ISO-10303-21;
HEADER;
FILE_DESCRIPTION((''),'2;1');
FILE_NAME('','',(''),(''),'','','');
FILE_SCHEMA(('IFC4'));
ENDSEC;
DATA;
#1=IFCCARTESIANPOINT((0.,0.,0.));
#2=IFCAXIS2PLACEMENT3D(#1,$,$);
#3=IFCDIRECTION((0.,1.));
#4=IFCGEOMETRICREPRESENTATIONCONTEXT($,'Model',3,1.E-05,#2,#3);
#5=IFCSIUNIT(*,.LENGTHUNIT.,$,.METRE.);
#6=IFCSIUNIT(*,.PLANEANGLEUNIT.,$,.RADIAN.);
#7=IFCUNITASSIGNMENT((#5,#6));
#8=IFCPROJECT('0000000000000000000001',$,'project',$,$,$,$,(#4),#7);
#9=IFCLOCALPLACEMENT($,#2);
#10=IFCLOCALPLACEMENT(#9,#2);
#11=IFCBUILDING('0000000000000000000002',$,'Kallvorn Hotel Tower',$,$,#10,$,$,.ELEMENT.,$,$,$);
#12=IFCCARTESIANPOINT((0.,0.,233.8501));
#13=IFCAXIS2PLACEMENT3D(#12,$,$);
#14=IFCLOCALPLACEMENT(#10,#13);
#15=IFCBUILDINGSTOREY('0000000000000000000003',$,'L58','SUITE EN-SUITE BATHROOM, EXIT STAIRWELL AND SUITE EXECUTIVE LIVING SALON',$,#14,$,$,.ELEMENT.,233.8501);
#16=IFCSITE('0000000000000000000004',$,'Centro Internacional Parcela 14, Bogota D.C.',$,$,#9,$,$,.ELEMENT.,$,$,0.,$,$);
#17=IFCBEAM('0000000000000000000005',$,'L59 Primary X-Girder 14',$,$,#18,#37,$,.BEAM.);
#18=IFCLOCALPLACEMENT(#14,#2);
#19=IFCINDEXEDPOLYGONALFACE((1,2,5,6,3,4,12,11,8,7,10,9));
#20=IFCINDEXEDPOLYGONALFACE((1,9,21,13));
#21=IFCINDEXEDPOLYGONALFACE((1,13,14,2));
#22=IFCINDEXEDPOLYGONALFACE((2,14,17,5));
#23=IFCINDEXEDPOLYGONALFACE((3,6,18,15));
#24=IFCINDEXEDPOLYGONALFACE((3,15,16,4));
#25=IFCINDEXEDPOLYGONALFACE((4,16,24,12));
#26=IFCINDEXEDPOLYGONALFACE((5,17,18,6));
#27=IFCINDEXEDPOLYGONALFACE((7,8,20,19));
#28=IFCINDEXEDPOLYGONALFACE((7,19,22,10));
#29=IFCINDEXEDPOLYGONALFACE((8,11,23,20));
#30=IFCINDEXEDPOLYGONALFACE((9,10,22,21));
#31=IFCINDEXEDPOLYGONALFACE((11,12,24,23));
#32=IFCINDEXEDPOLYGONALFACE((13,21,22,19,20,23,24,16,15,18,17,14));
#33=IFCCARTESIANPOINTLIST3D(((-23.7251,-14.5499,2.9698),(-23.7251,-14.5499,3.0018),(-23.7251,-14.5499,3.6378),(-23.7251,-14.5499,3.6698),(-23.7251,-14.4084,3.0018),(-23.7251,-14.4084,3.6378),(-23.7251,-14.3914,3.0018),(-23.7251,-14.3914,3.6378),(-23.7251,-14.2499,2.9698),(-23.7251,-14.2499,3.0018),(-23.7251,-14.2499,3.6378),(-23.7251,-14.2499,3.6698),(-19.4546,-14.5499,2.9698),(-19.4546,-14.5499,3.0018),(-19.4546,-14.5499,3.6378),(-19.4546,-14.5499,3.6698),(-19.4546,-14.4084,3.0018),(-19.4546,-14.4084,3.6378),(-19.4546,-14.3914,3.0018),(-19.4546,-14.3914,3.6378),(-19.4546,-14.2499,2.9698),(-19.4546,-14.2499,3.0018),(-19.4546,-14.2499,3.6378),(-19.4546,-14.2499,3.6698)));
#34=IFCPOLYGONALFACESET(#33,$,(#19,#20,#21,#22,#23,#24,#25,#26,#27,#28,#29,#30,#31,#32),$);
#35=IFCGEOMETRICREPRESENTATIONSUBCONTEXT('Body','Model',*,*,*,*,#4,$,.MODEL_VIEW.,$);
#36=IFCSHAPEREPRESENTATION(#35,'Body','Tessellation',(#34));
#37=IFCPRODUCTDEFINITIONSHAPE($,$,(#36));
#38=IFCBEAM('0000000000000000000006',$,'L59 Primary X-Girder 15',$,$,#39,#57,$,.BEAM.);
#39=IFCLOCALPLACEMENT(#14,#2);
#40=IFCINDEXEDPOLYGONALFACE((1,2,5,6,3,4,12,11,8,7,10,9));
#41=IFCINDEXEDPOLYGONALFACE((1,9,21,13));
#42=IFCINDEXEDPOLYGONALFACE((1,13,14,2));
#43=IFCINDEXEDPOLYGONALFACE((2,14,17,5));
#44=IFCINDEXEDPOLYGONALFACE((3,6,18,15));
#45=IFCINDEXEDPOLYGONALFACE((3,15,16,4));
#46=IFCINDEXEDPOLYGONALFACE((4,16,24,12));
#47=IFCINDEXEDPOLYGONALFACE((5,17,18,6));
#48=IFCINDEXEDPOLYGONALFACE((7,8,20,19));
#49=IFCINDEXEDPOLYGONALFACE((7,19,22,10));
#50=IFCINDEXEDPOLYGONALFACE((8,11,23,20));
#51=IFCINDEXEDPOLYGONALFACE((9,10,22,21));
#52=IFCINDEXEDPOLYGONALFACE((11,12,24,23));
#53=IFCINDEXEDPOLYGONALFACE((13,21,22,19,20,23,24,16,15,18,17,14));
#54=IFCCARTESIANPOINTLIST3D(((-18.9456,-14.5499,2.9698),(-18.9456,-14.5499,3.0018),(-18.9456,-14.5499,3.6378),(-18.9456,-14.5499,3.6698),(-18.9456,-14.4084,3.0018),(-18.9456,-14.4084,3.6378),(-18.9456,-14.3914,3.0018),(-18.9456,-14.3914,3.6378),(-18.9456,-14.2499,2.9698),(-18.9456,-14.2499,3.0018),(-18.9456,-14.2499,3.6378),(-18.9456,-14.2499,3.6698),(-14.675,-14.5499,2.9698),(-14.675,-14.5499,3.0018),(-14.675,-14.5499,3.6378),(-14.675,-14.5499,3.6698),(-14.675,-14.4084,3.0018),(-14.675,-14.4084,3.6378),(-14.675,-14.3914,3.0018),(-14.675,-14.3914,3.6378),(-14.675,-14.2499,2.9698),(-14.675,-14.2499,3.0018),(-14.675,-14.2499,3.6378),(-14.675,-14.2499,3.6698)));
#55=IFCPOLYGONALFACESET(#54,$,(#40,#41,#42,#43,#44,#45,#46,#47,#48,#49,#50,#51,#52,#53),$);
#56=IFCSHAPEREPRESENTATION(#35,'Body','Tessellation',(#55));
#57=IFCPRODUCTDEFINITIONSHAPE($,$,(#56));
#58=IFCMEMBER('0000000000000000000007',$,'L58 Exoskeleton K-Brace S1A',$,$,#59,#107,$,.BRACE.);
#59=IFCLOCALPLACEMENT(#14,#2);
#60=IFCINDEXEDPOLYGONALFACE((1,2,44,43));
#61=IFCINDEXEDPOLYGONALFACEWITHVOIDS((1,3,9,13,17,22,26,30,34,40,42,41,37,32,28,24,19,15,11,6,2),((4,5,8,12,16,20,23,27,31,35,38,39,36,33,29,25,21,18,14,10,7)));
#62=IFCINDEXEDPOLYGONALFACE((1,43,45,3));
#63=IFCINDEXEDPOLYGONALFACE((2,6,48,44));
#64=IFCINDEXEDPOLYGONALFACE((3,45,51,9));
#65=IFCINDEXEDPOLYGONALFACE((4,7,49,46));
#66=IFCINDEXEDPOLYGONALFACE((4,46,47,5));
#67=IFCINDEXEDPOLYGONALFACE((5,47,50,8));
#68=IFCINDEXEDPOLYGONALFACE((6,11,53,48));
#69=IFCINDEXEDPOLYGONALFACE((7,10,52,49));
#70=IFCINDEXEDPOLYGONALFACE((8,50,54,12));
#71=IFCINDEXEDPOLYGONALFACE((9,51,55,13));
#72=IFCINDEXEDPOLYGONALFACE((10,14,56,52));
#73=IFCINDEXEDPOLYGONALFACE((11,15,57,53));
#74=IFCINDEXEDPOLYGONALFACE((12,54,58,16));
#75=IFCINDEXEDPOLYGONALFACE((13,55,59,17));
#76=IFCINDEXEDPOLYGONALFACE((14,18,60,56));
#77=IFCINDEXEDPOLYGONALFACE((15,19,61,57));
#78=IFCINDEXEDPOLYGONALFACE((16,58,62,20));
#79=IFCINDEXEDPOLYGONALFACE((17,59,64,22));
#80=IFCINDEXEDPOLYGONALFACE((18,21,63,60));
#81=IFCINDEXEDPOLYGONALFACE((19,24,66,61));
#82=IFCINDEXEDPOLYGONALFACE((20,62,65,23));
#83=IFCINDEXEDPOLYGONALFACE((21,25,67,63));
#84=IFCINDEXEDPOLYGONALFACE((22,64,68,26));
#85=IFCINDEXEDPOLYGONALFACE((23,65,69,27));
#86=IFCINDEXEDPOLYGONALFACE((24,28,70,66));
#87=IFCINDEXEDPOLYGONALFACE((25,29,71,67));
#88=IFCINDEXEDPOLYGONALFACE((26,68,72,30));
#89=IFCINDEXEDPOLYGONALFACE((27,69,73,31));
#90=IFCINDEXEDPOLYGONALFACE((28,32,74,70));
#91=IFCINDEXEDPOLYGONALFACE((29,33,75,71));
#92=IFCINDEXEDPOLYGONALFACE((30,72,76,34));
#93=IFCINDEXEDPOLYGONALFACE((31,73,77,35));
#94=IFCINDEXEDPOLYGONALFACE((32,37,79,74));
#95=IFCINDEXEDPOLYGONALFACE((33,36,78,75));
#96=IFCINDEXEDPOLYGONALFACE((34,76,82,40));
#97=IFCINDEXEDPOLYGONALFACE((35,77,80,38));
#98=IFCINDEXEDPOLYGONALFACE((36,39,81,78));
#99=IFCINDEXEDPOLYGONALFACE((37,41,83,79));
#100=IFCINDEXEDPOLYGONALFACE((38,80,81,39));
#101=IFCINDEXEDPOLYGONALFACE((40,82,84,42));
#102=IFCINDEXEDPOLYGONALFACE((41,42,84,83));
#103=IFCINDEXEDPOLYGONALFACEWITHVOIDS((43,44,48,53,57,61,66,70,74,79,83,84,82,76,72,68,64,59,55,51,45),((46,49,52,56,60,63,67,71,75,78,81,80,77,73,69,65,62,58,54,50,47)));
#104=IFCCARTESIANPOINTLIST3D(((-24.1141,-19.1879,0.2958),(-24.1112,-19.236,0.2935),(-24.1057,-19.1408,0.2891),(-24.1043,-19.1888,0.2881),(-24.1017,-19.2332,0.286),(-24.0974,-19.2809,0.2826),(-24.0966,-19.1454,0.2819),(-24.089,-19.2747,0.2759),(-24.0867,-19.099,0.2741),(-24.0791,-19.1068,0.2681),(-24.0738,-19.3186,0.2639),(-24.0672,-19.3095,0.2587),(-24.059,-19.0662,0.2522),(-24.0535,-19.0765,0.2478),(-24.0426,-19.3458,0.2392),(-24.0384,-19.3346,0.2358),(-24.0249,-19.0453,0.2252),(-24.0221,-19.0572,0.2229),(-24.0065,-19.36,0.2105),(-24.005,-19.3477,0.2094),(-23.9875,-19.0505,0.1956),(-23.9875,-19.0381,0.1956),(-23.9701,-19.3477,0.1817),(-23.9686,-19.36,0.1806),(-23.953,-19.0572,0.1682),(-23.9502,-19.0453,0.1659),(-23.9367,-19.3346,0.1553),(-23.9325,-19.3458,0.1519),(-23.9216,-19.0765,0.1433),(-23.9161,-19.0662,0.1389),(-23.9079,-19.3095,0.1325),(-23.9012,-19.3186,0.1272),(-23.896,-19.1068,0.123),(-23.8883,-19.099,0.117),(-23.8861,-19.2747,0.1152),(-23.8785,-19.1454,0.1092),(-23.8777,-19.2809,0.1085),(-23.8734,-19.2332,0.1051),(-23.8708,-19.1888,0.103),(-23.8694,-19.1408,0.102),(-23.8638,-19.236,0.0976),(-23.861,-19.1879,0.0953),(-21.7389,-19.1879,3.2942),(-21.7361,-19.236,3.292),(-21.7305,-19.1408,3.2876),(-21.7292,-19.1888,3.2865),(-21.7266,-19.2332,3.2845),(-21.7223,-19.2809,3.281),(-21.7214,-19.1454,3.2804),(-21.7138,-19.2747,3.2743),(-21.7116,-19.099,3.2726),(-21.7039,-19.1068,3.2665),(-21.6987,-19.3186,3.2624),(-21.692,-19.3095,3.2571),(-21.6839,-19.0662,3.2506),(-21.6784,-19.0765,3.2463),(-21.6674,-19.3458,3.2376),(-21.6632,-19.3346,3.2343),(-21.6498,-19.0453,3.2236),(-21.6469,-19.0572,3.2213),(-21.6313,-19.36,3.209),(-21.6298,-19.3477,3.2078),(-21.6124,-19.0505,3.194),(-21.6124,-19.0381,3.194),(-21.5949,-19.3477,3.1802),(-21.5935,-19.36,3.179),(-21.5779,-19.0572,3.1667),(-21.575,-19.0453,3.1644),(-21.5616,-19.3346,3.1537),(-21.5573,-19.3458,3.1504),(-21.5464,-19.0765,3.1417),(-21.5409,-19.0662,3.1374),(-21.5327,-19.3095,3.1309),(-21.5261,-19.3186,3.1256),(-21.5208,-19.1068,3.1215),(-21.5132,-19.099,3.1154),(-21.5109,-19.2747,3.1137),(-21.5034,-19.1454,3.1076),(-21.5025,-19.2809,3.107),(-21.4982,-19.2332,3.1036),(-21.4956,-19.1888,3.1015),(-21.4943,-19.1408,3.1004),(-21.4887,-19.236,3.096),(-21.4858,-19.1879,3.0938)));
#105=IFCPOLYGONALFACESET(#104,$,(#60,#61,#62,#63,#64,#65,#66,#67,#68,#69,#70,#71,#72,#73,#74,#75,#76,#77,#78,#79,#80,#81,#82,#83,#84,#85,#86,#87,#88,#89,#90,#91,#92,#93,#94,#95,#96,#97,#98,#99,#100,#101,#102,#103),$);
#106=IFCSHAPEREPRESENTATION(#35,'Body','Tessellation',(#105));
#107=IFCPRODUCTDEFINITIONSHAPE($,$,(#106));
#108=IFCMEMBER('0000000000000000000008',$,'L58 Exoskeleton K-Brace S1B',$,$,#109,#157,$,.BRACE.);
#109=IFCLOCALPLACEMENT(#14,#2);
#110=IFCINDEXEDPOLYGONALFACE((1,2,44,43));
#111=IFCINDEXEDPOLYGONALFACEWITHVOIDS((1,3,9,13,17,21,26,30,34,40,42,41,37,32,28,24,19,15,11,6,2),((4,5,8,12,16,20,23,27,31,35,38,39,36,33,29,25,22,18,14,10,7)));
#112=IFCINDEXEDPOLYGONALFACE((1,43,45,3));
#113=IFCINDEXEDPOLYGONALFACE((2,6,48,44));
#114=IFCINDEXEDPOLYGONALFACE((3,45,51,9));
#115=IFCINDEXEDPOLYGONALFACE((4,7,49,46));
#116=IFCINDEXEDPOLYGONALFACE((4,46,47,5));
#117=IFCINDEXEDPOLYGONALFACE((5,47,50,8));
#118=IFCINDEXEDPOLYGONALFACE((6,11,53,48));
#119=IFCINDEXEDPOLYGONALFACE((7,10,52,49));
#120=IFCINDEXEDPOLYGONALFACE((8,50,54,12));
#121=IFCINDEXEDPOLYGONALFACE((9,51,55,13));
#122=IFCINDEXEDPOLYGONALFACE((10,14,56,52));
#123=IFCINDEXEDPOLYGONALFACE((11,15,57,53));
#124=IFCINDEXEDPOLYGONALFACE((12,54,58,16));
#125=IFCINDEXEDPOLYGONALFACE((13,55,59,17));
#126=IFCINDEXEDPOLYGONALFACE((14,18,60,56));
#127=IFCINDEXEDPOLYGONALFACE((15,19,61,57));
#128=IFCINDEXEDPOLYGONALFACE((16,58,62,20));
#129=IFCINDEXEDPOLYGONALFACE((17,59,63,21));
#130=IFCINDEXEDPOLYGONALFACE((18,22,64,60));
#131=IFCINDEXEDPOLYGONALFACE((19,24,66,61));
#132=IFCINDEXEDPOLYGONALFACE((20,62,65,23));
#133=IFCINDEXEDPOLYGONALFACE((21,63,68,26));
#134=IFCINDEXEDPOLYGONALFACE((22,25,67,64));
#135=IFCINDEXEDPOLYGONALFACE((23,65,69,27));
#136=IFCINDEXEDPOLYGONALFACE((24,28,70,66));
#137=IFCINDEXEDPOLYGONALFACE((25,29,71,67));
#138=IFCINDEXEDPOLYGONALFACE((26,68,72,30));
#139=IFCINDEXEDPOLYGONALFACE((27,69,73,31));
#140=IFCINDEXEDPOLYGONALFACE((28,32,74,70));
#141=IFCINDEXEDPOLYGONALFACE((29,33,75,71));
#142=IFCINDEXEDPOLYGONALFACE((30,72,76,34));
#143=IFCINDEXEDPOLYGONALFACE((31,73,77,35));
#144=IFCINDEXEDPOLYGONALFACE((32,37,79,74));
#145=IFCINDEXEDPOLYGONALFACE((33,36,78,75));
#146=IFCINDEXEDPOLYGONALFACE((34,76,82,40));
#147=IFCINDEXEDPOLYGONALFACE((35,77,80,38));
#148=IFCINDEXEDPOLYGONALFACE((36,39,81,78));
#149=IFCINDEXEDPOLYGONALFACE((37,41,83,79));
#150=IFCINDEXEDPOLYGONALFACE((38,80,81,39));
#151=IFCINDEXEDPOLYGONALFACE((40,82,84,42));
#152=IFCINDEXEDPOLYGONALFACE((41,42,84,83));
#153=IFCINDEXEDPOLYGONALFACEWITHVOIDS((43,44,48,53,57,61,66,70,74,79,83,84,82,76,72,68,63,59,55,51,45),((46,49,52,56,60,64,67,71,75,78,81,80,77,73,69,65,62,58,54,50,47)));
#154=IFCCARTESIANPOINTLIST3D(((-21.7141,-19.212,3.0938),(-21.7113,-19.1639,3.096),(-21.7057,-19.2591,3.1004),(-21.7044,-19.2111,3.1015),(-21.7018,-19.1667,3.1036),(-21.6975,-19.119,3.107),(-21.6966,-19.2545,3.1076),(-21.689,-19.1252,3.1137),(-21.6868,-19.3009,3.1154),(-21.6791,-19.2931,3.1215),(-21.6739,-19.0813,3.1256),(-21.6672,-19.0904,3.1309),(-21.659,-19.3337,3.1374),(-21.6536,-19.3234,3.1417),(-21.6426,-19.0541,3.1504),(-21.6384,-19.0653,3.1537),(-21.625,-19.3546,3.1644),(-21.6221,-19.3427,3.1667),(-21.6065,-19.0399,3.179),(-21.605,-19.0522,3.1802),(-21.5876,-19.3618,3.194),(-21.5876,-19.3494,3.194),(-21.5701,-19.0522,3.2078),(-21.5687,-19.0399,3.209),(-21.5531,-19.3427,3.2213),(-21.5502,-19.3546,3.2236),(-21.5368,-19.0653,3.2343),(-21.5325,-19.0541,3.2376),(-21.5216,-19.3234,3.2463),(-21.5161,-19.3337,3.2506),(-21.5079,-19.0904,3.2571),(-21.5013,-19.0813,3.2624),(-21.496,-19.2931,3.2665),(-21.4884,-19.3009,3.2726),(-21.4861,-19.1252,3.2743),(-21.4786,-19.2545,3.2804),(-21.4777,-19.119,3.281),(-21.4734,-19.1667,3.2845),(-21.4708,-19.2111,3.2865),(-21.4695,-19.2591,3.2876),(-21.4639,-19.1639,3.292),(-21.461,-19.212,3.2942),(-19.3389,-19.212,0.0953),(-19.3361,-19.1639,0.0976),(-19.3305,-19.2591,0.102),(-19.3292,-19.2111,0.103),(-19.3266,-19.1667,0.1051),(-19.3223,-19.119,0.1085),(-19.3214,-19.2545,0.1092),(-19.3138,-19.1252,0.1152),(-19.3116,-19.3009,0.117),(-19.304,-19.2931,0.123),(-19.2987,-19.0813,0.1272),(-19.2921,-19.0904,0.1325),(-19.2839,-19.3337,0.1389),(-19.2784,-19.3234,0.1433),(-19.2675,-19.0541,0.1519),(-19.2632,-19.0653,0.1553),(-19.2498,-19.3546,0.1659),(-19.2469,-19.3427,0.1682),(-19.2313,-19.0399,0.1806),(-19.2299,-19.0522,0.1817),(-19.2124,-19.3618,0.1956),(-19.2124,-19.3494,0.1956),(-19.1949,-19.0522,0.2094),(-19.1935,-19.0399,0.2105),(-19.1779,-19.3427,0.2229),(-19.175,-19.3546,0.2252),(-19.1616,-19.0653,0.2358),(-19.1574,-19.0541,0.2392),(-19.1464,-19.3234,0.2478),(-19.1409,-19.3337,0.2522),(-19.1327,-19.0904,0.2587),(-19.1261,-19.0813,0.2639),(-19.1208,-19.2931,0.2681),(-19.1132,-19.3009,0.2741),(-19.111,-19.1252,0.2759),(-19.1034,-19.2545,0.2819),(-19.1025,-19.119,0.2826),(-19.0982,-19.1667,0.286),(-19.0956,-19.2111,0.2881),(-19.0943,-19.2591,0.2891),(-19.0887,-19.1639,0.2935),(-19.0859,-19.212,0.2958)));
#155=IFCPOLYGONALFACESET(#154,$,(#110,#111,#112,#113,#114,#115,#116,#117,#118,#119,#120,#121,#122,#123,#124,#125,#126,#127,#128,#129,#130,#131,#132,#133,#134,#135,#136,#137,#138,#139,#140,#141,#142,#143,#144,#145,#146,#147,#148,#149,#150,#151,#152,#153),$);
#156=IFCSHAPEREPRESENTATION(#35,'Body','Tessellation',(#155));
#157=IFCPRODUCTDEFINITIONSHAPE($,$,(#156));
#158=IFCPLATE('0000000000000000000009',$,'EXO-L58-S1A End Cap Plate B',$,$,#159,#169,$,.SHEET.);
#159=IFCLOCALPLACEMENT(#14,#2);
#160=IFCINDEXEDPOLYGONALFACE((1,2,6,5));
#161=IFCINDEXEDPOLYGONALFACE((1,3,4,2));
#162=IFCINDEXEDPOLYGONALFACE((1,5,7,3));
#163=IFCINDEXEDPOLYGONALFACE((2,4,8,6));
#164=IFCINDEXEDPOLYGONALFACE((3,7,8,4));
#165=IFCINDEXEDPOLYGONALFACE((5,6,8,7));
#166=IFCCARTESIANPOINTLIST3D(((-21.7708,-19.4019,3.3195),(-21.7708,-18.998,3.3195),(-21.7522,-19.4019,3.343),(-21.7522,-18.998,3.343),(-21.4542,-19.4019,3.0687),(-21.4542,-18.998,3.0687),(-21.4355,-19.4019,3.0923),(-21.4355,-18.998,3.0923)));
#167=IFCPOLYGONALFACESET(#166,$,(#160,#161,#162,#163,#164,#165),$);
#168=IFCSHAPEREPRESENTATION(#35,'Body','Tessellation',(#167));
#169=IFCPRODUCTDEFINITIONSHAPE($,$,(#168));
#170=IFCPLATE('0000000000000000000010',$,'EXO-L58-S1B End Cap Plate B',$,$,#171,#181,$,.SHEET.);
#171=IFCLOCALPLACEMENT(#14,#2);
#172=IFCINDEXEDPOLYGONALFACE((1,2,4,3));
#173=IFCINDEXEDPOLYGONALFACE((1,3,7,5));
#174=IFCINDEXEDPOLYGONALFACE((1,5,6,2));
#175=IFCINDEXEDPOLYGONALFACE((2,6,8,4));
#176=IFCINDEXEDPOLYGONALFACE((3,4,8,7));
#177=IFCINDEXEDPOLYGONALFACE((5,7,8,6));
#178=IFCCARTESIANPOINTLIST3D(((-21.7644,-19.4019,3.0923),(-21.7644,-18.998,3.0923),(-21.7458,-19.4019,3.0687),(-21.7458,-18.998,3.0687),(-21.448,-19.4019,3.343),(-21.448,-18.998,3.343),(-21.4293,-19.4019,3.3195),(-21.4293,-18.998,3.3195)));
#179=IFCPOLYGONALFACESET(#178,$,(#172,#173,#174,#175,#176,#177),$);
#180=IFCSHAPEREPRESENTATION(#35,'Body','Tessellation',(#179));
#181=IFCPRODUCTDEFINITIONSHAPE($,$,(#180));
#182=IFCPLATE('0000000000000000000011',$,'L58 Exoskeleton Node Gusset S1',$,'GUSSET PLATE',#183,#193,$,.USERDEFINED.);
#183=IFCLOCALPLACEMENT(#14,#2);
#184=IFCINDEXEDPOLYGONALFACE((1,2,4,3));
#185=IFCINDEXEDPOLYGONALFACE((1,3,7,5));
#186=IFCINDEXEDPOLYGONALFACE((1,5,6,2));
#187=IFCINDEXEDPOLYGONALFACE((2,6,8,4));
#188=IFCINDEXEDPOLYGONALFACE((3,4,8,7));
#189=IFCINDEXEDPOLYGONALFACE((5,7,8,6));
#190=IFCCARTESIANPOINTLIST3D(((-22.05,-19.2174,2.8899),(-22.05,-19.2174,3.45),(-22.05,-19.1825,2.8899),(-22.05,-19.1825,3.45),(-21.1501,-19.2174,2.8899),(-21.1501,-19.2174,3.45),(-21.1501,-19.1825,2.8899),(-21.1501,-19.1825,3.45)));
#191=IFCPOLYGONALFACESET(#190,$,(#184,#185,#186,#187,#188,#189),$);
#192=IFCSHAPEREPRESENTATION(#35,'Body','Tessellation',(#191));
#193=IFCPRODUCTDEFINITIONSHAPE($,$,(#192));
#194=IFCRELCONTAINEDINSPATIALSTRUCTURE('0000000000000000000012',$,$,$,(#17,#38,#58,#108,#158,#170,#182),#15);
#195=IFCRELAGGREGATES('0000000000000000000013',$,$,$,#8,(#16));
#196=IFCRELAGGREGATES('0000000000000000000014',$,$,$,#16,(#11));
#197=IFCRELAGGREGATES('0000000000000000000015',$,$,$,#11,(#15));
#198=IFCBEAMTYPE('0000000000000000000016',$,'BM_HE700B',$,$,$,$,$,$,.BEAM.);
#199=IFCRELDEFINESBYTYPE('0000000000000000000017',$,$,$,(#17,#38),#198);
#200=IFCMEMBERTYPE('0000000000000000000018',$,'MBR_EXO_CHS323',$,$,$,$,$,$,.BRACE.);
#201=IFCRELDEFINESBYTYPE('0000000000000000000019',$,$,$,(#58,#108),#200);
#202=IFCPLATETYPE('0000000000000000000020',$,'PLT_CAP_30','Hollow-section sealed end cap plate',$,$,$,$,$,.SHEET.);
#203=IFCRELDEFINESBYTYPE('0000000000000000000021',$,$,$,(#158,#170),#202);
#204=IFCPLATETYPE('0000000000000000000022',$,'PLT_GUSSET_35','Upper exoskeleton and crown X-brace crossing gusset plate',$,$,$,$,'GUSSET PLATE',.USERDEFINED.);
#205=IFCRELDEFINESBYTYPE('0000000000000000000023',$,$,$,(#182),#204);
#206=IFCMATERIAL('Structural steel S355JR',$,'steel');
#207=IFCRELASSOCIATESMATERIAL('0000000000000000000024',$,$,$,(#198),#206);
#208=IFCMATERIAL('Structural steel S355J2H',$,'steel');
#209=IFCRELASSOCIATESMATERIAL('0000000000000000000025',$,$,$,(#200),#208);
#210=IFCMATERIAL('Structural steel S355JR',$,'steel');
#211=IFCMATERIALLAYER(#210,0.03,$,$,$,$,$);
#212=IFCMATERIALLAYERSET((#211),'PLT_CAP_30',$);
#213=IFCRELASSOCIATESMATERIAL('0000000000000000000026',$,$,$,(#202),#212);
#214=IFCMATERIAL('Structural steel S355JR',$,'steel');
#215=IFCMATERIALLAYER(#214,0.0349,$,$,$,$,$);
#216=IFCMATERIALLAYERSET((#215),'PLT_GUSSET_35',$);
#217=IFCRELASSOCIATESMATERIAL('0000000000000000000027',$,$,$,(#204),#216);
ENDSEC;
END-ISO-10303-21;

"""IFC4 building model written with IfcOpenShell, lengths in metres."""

from ifc_helpers import new_model, si_unit, direction, frame, origin, origin_2d, place, context, subcontext, project, spatial, polyline, rectangle, hollow_circle, i_section, outline, extrude, material, layer, layer_set, material_profile, profile_set, type_object, element, save


model = new_model("IFC4")

# Units and contexts
model_context = context("Model", 3, precision=1e-05, world=origin(), true_north=direction((0.0, 1.0)))
body_context = subcontext(model_context, "Body", "Model", "MODEL_VIEW")
ifc_project = project(units=[si_unit("LENGTHUNIT", "METRE"), si_unit("PLANEANGLEUNIT", "RADIAN")], contexts=[model_context])

# Site, building, storey
site_placement = place(None, origin())
site = spatial("IfcSite", under=ifc_project, at=site_placement, Name="Centro Internacional Parcela 14, Bogota D.C.", CompositionType="ELEMENT", RefElevation=0.0)
building_placement = place(site_placement, origin())
building = spatial("IfcBuilding", under=site, at=building_placement, Name="Kallvorn Hotel Tower", CompositionType="ELEMENT")
storey_placement = place(building_placement, frame((0.0, 0.0, 233.8501)))
storey = spatial("IfcBuildingStorey", under=building, at=storey_placement, Name="L58", Description="SUITE EN-SUITE BATHROOM, EXIT STAIRWELL AND SUITE EXECUTIVE LIVING SALON", CompositionType="ELEMENT", Elevation=233.8501)

# Beams
ifc_material_1 = material(Name="Structural steel S355JR", Category="steel")
ifc_material_profile_1 = material_profile(ifc_material_1, i_section(OverallWidth=0.3, OverallDepth=0.7, WebThickness=0.0171, FlangeThickness=0.032, at=origin_2d()), Name="HE 700 B")
ifc_profile_set_1 = profile_set([ifc_material_profile_1], Name="Structural steel S355JR")
beam_type_1 = type_object("IfcBeamType", Name="BM_HE700B", PredefinedType="BEAM", material=ifc_profile_set_1)
for number, where, z_axis, x_axis, name in (
    (1, (-23.7251, -14.3999, 3.3198), (1.0, 0.0, 0.0), (0.0, 1.0, 0.0), "L59 Primary X-Girder 14"),
    (2, (-18.9456, -14.3999, 3.3198), (1.0, 0.0, 0.0), (0.0, 1.0, 0.0), "L59 Primary X-Girder 15"),
):
    element("IfcBeam", number, at=place(storey_placement, frame(where, z_axis=z_axis, x_axis=x_axis)), inside=storey, type_object=beam_type_1, Name=name, PredefinedType="BEAM", context=body_context, shape_type="SweptSolid", body=[
        extrude(i_section(OverallWidth=0.3, OverallDepth=0.7, WebThickness=0.0171, FlangeThickness=0.032, at=origin_2d()), origin(), (0.0, 0.0, 1.0), 4.2705),
    ])

# Members
ifc_material_2 = material(Name="Structural steel S355J2H", Category="steel")
ifc_material_profile_2 = material_profile(ifc_material_2, hollow_circle(Radius=0.1619, WallThickness=0.0125, at=origin_2d()), Name="CHS 323.9x12.5")
ifc_profile_set_2 = profile_set([ifc_material_profile_2], Name="Structural steel S355J2H")
member_type = type_object("IfcMemberType", Name="MBR_EXO_CHS323", PredefinedType="BRACE", material=ifc_profile_set_2)
for number, where, z_axis, x_axis, name in (
    (3, (-23.9875, -19.2, 0.1956), (0.620929, 0.0, 0.783867), (0.0, 1.0, 0.0), "L58 Exoskeleton K-Brace S1A"),
    (4, (-19.2124, -19.2, 0.1956), (-0.620929, 0.0, 0.783867), (0.0, -1.0, 0.0), "L58 Exoskeleton K-Brace S1B"),
):
    element("IfcMember", number, at=place(storey_placement, frame(where, z_axis=z_axis, x_axis=x_axis)), inside=storey, type_object=member_type, Name=name, PredefinedType="BRACE", context=body_context, shape_type="SweptSolid", body=[
        extrude(hollow_circle(Radius=0.1619, WallThickness=0.0125, at=origin_2d()), origin(), (0.0, 0.0, 1.0), 3.8252),
    ])

# Plates
ifc_material_3 = material(Name="Structural steel S355JR", Category="steel")
ifc_layer_1 = layer(ifc_material_3, 0.03)
ifc_layer_set_1 = layer_set([ifc_layer_1], Name="PLT_CAP_30")
plate_type_1 = type_object("IfcPlateType", Name="PLT_CAP_30", Description="Hollow-section sealed end cap plate", PredefinedType="SHEET", material=ifc_layer_set_1)
plate_1_placement = place(storey_placement, frame((-21.4355, -19.4019, 3.0923), z_axis=(0.62078, 0.0, 0.783985), x_axis=(0.0, 1.0, 0.0)))
element("IfcPlate", 5, at=plate_1_placement, inside=storey, type_object=plate_type_1, Name="EXO-L58-S1A End Cap Plate B", PredefinedType="SHEET", context=body_context, shape_type="SweptSolid", body=[
    extrude(outline(polyline([(0.0, 0.0), (0.4038, 0.0), (0.4038, 0.4039), (0.0, 0.4039), (0.0, 0.0)])), origin(), (0.0, 0.0, -1.0), 0.03),
])
plate_2_placement = place(storey_placement, frame((-21.7644, -18.998, 3.0923), z_axis=(-0.621075, 0.0, 0.783751), x_axis=(0.0, -1.0, 0.0)))
element("IfcPlate", 6, at=plate_2_placement, inside=storey, type_object=plate_type_1, Name="EXO-L58-S1B End Cap Plate B", PredefinedType="SHEET", context=body_context, shape_type="SweptSolid", body=[
    extrude(outline(polyline([(0.0, 0.0), (0.4038, 0.0), (0.4038, 0.4037), (0.0, 0.4037), (0.0, 0.0)])), origin(), (0.0, 0.0, -1.0), 0.03),
])
ifc_material_4 = material(Name="Structural steel S355JR", Category="steel")
ifc_layer_2 = layer(ifc_material_4, 0.0349)
ifc_layer_set_2 = layer_set([ifc_layer_2], Name="PLT_GUSSET_35")
plate_type_2 = type_object("IfcPlateType", Name="PLT_GUSSET_35", Description="Upper exoskeleton and crown X-brace crossing gusset plate", ElementType="GUSSET PLATE", PredefinedType="USERDEFINED", material=ifc_layer_set_2)
plate_3_placement = place(storey_placement, frame((-21.6001, -19.2, 2.8899), z_axis=(0.0, 0.0, 1.0), x_axis=(1.0, 0.0, 0.0)))
element("IfcPlate", 7, at=plate_3_placement, inside=storey, type_object=plate_type_2, Name="L58 Exoskeleton Node Gusset S1", ObjectType="GUSSET PLATE", PredefinedType="USERDEFINED", context=body_context, shape_type="SweptSolid", body=[
    extrude(rectangle(XDim=0.8999, YDim=0.0349, at=origin_2d()), origin(), (0.0, 0.0, 1.0), 0.5601),
])

save(model, "model.ifc")
